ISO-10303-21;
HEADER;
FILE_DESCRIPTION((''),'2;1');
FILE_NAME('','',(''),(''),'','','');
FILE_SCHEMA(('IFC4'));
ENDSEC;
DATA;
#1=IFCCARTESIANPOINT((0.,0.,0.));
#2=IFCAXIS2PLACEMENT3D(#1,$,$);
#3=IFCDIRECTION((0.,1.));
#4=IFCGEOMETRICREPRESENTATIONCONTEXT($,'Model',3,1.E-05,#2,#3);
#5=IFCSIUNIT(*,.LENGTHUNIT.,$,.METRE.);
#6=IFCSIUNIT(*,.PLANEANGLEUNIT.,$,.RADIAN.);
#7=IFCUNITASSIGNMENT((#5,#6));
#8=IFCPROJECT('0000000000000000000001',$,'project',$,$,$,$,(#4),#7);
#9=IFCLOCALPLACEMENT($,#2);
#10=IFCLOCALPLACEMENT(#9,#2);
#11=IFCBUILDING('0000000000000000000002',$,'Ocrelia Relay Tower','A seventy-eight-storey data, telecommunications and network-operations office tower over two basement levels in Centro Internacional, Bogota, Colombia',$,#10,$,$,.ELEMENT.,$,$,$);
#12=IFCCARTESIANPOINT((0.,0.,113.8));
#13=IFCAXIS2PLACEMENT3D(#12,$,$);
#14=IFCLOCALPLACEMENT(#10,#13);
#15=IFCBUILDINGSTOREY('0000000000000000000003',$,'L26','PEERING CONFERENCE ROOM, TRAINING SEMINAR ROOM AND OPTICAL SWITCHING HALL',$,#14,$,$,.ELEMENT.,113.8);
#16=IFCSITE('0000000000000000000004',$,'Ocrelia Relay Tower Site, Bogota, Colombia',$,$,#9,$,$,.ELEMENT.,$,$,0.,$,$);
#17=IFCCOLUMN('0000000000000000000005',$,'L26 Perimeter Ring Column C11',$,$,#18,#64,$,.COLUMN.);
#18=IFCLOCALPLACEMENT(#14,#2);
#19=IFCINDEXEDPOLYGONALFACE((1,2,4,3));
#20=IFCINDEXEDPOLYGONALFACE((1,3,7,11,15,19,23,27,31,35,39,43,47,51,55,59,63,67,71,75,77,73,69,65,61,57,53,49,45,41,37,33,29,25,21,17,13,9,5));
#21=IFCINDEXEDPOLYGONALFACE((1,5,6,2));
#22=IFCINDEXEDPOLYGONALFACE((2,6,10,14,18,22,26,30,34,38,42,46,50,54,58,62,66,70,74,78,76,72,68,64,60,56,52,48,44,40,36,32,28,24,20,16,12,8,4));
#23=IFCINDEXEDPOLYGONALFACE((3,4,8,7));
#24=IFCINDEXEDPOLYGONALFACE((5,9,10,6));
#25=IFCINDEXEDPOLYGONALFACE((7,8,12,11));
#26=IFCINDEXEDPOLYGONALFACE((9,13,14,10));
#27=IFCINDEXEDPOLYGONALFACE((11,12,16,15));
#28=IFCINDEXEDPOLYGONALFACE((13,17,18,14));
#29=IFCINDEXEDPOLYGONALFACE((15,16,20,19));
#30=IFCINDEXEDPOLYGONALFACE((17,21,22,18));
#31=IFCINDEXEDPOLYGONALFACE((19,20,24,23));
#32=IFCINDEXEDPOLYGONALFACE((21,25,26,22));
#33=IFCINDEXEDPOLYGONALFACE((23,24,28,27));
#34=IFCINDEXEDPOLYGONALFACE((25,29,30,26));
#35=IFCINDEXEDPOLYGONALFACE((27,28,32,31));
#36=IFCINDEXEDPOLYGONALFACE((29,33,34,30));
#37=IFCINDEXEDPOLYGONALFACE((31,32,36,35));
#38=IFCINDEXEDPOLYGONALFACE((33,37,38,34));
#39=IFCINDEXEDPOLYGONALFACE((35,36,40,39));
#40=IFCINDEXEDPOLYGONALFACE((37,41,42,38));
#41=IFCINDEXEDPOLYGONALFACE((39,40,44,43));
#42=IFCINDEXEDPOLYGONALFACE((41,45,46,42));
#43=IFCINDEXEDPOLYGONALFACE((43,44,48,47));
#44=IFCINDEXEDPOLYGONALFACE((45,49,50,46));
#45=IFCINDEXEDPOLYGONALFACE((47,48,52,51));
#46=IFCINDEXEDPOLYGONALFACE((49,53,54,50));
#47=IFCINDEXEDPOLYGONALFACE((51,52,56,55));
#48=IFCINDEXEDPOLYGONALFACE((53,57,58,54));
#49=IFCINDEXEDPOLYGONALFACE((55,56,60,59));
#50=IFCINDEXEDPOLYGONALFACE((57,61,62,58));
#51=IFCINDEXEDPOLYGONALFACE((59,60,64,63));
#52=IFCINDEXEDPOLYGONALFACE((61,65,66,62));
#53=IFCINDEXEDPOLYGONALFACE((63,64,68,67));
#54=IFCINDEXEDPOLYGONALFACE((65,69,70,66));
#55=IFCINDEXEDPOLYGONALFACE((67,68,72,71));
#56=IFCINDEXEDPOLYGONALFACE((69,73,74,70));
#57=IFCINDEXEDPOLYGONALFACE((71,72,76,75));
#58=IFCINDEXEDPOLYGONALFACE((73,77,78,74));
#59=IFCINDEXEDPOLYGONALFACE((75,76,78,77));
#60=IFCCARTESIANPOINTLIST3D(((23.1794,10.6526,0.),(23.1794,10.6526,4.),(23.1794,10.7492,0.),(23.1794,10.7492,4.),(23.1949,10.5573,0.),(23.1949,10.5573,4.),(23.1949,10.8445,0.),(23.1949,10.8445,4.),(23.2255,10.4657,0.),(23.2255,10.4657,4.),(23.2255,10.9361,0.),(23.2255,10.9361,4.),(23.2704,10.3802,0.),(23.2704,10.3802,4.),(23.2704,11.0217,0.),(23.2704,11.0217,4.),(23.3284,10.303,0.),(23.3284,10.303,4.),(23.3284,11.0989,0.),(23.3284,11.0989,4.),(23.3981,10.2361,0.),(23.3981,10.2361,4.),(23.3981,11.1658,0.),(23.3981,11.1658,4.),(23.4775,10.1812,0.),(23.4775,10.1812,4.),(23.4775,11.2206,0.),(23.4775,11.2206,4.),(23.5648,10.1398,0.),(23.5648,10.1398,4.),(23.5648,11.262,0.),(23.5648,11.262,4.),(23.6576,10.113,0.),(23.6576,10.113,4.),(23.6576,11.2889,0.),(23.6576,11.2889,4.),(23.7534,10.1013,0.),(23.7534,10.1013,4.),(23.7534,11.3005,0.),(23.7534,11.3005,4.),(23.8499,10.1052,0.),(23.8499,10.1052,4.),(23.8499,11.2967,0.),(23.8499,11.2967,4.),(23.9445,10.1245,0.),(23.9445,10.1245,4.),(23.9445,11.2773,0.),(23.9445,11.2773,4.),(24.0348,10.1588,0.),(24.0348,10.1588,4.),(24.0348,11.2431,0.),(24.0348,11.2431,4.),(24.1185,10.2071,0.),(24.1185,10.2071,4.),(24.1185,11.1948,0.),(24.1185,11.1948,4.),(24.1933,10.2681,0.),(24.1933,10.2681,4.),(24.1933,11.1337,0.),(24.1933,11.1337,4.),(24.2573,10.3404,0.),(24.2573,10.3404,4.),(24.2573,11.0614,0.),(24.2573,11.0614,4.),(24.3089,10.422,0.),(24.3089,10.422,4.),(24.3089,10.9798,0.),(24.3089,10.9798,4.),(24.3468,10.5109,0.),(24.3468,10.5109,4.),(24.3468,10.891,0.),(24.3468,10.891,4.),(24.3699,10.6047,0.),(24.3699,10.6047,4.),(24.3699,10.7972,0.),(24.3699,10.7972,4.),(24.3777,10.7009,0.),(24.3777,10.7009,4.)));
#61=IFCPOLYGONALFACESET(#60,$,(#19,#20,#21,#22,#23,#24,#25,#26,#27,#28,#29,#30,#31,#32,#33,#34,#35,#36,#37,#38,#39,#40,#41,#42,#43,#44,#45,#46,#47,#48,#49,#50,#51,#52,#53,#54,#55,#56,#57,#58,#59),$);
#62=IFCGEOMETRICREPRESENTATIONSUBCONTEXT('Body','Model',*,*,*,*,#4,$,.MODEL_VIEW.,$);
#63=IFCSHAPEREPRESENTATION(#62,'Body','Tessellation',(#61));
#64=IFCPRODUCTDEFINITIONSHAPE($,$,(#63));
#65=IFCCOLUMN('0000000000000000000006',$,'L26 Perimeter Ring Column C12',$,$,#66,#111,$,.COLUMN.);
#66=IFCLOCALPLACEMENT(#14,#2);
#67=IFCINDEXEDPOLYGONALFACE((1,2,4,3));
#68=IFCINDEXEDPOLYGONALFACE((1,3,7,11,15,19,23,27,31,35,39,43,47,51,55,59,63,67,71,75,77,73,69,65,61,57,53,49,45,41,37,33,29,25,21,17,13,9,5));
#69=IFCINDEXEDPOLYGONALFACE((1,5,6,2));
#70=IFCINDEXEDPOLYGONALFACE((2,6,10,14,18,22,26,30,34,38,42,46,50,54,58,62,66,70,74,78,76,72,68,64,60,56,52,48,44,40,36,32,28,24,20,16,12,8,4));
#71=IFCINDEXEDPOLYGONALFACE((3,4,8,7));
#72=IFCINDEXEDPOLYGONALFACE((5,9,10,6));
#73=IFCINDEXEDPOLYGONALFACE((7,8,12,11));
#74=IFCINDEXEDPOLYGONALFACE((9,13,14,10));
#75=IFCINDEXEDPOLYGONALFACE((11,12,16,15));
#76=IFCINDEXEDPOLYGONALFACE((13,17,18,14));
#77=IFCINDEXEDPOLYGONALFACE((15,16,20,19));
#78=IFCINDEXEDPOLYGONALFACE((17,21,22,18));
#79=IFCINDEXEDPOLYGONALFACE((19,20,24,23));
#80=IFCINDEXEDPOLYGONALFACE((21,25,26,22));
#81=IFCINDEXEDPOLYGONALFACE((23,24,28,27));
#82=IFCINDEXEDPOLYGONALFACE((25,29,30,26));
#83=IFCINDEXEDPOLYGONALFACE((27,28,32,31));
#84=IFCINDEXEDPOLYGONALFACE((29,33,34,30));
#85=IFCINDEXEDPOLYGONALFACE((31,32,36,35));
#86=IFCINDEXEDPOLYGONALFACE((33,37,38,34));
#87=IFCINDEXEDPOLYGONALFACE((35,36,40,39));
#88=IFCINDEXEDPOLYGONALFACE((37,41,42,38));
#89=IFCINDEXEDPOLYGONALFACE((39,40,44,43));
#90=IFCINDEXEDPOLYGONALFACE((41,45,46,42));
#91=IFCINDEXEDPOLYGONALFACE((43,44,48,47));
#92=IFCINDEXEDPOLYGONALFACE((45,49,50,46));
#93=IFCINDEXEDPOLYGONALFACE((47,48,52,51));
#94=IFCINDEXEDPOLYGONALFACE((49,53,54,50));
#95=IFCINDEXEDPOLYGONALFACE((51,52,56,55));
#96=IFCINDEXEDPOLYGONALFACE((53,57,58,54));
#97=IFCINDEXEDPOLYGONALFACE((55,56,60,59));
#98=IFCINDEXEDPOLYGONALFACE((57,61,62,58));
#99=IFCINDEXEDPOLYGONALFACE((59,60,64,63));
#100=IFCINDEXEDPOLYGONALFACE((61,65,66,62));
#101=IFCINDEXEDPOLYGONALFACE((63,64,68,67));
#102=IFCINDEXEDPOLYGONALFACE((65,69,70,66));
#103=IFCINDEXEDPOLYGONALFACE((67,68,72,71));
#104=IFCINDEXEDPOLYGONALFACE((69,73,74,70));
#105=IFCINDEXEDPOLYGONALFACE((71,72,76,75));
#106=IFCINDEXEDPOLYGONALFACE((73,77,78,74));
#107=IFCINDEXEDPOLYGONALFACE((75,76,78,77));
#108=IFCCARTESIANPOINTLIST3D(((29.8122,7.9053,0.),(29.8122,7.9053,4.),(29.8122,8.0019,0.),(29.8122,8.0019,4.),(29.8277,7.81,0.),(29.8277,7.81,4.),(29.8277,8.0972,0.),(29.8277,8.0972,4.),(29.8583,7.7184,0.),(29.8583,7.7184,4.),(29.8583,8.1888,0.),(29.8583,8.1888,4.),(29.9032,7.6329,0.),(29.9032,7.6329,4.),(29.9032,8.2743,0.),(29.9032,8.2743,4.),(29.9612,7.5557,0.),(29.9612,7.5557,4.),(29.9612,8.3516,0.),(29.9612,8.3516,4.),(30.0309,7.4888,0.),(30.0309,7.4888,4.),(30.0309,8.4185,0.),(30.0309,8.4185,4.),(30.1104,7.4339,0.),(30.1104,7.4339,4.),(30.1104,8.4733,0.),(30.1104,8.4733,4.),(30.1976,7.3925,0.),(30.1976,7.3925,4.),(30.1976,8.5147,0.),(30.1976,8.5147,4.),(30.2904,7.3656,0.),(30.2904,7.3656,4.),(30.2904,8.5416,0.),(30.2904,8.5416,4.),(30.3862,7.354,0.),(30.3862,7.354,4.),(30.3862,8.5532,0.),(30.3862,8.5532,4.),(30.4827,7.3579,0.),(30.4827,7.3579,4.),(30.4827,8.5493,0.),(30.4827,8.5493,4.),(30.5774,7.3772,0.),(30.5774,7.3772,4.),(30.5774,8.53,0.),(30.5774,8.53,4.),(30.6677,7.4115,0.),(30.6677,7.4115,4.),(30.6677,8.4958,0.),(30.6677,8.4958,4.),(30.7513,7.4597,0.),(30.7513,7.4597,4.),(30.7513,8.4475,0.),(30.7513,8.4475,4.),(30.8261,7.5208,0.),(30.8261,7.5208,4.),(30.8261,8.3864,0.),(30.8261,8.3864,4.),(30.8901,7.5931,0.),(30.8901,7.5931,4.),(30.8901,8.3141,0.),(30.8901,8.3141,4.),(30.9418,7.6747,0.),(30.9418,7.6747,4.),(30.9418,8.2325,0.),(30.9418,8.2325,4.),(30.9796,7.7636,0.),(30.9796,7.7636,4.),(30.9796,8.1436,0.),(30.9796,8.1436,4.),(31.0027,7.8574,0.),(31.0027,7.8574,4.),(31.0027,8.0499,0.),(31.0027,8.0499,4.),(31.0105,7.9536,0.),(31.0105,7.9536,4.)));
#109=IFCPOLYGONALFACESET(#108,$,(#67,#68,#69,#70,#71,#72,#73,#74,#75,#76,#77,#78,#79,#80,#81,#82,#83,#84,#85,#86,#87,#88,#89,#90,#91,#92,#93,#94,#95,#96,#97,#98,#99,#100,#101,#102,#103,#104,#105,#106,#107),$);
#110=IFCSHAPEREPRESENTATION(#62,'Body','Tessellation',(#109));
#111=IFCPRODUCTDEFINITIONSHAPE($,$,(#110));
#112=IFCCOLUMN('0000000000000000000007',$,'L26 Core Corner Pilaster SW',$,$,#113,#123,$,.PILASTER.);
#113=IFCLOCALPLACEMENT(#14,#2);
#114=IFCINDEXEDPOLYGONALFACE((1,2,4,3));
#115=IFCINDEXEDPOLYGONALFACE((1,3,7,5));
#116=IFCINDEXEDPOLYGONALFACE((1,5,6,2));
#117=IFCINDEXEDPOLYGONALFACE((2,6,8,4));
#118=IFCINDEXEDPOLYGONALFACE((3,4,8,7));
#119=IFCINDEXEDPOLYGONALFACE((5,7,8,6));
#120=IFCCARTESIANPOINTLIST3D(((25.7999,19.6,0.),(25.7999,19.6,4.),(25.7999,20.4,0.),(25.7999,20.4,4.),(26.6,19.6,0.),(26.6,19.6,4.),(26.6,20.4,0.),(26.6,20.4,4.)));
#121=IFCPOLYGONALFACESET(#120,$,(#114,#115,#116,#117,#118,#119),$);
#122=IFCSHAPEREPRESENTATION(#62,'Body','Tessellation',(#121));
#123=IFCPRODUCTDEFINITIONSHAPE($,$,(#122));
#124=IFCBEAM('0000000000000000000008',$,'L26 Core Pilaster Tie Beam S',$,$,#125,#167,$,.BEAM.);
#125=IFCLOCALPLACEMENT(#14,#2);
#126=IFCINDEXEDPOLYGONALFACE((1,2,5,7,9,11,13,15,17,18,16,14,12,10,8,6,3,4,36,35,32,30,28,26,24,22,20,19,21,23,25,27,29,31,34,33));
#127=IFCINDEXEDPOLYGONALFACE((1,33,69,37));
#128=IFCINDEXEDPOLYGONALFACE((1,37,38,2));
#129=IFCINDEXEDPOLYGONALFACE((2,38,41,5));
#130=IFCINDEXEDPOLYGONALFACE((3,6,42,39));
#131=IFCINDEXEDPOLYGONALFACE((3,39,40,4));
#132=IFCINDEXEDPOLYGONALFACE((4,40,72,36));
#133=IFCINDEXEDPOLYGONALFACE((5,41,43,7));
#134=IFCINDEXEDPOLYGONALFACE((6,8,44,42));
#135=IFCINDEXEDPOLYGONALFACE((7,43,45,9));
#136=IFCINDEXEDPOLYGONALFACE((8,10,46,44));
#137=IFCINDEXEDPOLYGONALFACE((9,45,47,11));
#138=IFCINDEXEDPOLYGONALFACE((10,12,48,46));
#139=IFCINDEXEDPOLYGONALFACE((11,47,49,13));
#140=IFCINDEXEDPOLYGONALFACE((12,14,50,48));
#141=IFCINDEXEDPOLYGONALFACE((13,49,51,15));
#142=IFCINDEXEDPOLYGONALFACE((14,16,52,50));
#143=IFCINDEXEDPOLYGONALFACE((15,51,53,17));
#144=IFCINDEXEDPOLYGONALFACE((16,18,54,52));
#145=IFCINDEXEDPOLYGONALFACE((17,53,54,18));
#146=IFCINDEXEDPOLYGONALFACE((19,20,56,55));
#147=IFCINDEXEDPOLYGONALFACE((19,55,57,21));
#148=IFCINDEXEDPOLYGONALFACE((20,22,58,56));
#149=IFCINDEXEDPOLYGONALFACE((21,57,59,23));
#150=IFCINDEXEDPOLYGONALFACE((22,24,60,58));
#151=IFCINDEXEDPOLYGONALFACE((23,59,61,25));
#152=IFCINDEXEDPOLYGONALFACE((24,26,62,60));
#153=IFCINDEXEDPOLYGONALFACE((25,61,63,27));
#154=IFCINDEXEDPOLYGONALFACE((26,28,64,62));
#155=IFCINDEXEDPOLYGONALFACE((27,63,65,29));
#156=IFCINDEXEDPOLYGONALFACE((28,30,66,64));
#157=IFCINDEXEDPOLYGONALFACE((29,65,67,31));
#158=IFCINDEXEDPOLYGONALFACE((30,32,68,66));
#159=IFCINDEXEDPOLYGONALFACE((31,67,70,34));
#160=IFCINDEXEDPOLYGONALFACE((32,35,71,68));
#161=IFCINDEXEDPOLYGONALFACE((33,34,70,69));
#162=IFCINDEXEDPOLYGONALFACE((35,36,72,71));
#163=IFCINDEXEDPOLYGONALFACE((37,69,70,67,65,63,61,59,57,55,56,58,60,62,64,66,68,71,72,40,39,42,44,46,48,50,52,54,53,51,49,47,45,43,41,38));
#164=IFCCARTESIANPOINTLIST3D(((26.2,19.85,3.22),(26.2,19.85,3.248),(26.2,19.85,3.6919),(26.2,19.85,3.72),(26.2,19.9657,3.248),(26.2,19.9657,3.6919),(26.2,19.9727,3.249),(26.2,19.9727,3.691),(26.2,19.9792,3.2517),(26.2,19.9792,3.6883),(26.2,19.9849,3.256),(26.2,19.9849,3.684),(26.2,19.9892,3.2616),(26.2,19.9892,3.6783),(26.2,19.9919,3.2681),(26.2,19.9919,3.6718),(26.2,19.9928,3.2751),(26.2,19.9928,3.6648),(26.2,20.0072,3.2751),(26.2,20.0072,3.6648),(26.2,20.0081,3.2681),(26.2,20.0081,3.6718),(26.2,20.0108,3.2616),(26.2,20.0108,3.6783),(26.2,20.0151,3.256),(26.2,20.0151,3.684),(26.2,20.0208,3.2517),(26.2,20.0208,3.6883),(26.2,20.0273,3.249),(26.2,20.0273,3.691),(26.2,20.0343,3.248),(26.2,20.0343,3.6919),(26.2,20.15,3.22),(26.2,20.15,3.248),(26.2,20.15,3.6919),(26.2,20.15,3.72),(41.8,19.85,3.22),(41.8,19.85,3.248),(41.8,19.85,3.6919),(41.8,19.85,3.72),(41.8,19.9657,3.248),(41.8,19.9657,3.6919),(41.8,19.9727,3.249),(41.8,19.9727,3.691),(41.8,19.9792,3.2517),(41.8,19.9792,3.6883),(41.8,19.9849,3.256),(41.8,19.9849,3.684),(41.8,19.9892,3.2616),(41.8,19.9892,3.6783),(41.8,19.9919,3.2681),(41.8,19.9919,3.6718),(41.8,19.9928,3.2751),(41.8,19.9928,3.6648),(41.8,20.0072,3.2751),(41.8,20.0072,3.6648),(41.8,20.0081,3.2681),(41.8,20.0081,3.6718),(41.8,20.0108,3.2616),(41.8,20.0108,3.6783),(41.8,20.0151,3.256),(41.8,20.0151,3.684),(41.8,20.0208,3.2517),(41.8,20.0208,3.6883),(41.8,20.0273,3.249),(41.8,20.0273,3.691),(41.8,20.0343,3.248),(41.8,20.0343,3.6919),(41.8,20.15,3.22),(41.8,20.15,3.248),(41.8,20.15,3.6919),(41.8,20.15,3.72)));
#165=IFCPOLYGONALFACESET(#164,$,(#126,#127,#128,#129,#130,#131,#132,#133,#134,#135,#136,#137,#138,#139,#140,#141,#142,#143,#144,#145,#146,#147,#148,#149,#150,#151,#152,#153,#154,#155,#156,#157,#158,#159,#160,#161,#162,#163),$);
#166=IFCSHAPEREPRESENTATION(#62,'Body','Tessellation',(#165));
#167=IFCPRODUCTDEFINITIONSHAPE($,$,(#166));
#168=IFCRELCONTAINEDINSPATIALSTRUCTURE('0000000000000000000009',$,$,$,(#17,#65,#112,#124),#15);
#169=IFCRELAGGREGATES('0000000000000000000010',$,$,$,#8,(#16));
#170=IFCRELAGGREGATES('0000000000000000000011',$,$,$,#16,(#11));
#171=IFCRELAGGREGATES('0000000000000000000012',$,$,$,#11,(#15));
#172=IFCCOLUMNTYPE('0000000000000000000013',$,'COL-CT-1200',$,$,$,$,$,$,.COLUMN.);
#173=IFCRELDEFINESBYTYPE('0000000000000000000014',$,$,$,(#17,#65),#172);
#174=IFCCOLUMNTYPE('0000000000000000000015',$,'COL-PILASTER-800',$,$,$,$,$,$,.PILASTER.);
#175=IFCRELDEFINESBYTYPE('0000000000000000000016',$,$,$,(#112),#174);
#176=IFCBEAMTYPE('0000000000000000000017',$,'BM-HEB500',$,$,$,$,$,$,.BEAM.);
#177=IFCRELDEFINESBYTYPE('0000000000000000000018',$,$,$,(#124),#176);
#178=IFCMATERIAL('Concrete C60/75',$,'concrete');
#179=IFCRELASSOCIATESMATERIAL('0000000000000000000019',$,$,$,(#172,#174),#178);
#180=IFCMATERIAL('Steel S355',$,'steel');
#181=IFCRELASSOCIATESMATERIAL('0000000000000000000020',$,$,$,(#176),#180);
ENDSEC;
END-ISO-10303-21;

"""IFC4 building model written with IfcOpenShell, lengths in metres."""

from ifc_helpers import new_model, si_unit, direction, frame, origin, origin_2d, place, context, subcontext, project, spatial, rectangle, circle, i_section, extrude, material, material_profile, profile_set, type_object, element, save


model = new_model("IFC4")

# Units and contexts
model_context = context("Model", 3, precision=1e-05, world=origin(), true_north=direction((0.0, 1.0)))
body_context = subcontext(model_context, "Body", "Model", "MODEL_VIEW")
ifc_project = project(units=[si_unit("LENGTHUNIT", "METRE"), si_unit("PLANEANGLEUNIT", "RADIAN")], contexts=[model_context])

# Site, building, storey
site_placement = place(None, origin())
site = spatial("IfcSite", under=ifc_project, at=site_placement, Name="Ocrelia Relay Tower Site, Bogota, Colombia", CompositionType="ELEMENT", RefElevation=0.0)
building_placement = place(site_placement, origin())
building = spatial("IfcBuilding", under=site, at=building_placement, Name="Ocrelia Relay Tower", Description="A seventy-eight-storey data, telecommunications and network-operations office tower over two basement levels in Centro Internacional, Bogota, Colombia", CompositionType="ELEMENT")
storey_placement = place(building_placement, frame((0.0, 0.0, 113.8)))
storey = spatial("IfcBuildingStorey", under=building, at=storey_placement, Name="L26", Description="PEERING CONFERENCE ROOM, TRAINING SEMINAR ROOM AND OPTICAL SWITCHING HALL", CompositionType="ELEMENT", Elevation=113.8)

# Columns
ifc_material_1 = material(Name="Concrete C60/75", Category="concrete")
ifc_material_profile_1 = material_profile(ifc_material_1, circle(Radius=0.6001, at=origin_2d()), Name="RC-CIR-1200")
ifc_profile_set_1 = profile_set([ifc_material_profile_1], Name="Concrete C60/75")
column_type_1 = type_object("IfcColumnType", Name="COL-CT-1200", PredefinedType="COLUMN", material=ifc_profile_set_1)
for number, where, z_axis, x_axis, name in (
    (1, (23.7776, 10.7009, 0.0), (0.0, 0.0, 1.0), (1.0, 0.0, 0.0), "L26 Perimeter Ring Column C11"),
    (2, (30.4104, 7.9536, 0.0), (0.0, 0.0, 1.0), (1.0, 0.0, 0.0), "L26 Perimeter Ring Column C12"),
):
    element("IfcColumn", number, at=place(storey_placement, frame(where, z_axis=z_axis, x_axis=x_axis)), inside=storey, type_object=column_type_1, Name=name, PredefinedType="COLUMN", context=body_context, shape_type="SweptSolid", body=[
        extrude(circle(Radius=0.6001, at=origin_2d()), origin(), (0.0, 0.0, 1.0), 4.0),
    ])
ifc_material_profile_2 = material_profile(ifc_material_1, rectangle(XDim=0.8, YDim=0.8, at=origin_2d()), Name="RC-COL-800x800")
ifc_profile_set_2 = profile_set([ifc_material_profile_2], Name="Concrete C60/75")
column_type_2 = type_object("IfcColumnType", Name="COL-PILASTER-800", PredefinedType="PILASTER", material=ifc_profile_set_2)
column_placement = place(storey_placement, frame((26.2, 20.0, 0.0), z_axis=(0.0, 0.0, 1.0), x_axis=(1.0, 0.0, 0.0)))
element("IfcColumn", 3, at=column_placement, inside=storey, type_object=column_type_2, Name="L26 Core Corner Pilaster SW", PredefinedType="PILASTER", context=body_context, shape_type="SweptSolid", body=[
    extrude(rectangle(XDim=0.8, YDim=0.8, at=origin_2d()), origin(), (0.0, 0.0, 1.0), 4.0),
])

# Beam
ifc_material_2 = material(Name="Steel S355", Category="steel")
ifc_material_profile_3 = material_profile(ifc_material_2, i_section(OverallWidth=0.3, OverallDepth=0.5, WebThickness=0.0144, FlangeThickness=0.0281, FilletRadius=0.0271, at=origin_2d()), Name="HEB 500")
ifc_profile_set_3 = profile_set([ifc_material_profile_3], Name="Steel S355")
beam_type_1 = type_object("IfcBeamType", Name="BM-HEB500", PredefinedType="BEAM", material=ifc_profile_set_3)
beam_1_placement = place(storey_placement, frame((26.2, 20.0, 3.47), z_axis=(1.0, 0.0, 0.0), x_axis=(0.0, 1.0, 0.0)))
element("IfcBeam", 4, at=beam_1_placement, inside=storey, type_object=beam_type_1, Name="L26 Core Pilaster Tie Beam S", PredefinedType="BEAM", context=body_context, shape_type="SweptSolid", body=[
    extrude(i_section(OverallWidth=0.3, OverallDepth=0.5, WebThickness=0.0144, FlangeThickness=0.0281, FilletRadius=0.0271, at=origin_2d()), origin(), (0.0, 0.0, 1.0), 15.6001),
])

save(model, "model.ifc")
